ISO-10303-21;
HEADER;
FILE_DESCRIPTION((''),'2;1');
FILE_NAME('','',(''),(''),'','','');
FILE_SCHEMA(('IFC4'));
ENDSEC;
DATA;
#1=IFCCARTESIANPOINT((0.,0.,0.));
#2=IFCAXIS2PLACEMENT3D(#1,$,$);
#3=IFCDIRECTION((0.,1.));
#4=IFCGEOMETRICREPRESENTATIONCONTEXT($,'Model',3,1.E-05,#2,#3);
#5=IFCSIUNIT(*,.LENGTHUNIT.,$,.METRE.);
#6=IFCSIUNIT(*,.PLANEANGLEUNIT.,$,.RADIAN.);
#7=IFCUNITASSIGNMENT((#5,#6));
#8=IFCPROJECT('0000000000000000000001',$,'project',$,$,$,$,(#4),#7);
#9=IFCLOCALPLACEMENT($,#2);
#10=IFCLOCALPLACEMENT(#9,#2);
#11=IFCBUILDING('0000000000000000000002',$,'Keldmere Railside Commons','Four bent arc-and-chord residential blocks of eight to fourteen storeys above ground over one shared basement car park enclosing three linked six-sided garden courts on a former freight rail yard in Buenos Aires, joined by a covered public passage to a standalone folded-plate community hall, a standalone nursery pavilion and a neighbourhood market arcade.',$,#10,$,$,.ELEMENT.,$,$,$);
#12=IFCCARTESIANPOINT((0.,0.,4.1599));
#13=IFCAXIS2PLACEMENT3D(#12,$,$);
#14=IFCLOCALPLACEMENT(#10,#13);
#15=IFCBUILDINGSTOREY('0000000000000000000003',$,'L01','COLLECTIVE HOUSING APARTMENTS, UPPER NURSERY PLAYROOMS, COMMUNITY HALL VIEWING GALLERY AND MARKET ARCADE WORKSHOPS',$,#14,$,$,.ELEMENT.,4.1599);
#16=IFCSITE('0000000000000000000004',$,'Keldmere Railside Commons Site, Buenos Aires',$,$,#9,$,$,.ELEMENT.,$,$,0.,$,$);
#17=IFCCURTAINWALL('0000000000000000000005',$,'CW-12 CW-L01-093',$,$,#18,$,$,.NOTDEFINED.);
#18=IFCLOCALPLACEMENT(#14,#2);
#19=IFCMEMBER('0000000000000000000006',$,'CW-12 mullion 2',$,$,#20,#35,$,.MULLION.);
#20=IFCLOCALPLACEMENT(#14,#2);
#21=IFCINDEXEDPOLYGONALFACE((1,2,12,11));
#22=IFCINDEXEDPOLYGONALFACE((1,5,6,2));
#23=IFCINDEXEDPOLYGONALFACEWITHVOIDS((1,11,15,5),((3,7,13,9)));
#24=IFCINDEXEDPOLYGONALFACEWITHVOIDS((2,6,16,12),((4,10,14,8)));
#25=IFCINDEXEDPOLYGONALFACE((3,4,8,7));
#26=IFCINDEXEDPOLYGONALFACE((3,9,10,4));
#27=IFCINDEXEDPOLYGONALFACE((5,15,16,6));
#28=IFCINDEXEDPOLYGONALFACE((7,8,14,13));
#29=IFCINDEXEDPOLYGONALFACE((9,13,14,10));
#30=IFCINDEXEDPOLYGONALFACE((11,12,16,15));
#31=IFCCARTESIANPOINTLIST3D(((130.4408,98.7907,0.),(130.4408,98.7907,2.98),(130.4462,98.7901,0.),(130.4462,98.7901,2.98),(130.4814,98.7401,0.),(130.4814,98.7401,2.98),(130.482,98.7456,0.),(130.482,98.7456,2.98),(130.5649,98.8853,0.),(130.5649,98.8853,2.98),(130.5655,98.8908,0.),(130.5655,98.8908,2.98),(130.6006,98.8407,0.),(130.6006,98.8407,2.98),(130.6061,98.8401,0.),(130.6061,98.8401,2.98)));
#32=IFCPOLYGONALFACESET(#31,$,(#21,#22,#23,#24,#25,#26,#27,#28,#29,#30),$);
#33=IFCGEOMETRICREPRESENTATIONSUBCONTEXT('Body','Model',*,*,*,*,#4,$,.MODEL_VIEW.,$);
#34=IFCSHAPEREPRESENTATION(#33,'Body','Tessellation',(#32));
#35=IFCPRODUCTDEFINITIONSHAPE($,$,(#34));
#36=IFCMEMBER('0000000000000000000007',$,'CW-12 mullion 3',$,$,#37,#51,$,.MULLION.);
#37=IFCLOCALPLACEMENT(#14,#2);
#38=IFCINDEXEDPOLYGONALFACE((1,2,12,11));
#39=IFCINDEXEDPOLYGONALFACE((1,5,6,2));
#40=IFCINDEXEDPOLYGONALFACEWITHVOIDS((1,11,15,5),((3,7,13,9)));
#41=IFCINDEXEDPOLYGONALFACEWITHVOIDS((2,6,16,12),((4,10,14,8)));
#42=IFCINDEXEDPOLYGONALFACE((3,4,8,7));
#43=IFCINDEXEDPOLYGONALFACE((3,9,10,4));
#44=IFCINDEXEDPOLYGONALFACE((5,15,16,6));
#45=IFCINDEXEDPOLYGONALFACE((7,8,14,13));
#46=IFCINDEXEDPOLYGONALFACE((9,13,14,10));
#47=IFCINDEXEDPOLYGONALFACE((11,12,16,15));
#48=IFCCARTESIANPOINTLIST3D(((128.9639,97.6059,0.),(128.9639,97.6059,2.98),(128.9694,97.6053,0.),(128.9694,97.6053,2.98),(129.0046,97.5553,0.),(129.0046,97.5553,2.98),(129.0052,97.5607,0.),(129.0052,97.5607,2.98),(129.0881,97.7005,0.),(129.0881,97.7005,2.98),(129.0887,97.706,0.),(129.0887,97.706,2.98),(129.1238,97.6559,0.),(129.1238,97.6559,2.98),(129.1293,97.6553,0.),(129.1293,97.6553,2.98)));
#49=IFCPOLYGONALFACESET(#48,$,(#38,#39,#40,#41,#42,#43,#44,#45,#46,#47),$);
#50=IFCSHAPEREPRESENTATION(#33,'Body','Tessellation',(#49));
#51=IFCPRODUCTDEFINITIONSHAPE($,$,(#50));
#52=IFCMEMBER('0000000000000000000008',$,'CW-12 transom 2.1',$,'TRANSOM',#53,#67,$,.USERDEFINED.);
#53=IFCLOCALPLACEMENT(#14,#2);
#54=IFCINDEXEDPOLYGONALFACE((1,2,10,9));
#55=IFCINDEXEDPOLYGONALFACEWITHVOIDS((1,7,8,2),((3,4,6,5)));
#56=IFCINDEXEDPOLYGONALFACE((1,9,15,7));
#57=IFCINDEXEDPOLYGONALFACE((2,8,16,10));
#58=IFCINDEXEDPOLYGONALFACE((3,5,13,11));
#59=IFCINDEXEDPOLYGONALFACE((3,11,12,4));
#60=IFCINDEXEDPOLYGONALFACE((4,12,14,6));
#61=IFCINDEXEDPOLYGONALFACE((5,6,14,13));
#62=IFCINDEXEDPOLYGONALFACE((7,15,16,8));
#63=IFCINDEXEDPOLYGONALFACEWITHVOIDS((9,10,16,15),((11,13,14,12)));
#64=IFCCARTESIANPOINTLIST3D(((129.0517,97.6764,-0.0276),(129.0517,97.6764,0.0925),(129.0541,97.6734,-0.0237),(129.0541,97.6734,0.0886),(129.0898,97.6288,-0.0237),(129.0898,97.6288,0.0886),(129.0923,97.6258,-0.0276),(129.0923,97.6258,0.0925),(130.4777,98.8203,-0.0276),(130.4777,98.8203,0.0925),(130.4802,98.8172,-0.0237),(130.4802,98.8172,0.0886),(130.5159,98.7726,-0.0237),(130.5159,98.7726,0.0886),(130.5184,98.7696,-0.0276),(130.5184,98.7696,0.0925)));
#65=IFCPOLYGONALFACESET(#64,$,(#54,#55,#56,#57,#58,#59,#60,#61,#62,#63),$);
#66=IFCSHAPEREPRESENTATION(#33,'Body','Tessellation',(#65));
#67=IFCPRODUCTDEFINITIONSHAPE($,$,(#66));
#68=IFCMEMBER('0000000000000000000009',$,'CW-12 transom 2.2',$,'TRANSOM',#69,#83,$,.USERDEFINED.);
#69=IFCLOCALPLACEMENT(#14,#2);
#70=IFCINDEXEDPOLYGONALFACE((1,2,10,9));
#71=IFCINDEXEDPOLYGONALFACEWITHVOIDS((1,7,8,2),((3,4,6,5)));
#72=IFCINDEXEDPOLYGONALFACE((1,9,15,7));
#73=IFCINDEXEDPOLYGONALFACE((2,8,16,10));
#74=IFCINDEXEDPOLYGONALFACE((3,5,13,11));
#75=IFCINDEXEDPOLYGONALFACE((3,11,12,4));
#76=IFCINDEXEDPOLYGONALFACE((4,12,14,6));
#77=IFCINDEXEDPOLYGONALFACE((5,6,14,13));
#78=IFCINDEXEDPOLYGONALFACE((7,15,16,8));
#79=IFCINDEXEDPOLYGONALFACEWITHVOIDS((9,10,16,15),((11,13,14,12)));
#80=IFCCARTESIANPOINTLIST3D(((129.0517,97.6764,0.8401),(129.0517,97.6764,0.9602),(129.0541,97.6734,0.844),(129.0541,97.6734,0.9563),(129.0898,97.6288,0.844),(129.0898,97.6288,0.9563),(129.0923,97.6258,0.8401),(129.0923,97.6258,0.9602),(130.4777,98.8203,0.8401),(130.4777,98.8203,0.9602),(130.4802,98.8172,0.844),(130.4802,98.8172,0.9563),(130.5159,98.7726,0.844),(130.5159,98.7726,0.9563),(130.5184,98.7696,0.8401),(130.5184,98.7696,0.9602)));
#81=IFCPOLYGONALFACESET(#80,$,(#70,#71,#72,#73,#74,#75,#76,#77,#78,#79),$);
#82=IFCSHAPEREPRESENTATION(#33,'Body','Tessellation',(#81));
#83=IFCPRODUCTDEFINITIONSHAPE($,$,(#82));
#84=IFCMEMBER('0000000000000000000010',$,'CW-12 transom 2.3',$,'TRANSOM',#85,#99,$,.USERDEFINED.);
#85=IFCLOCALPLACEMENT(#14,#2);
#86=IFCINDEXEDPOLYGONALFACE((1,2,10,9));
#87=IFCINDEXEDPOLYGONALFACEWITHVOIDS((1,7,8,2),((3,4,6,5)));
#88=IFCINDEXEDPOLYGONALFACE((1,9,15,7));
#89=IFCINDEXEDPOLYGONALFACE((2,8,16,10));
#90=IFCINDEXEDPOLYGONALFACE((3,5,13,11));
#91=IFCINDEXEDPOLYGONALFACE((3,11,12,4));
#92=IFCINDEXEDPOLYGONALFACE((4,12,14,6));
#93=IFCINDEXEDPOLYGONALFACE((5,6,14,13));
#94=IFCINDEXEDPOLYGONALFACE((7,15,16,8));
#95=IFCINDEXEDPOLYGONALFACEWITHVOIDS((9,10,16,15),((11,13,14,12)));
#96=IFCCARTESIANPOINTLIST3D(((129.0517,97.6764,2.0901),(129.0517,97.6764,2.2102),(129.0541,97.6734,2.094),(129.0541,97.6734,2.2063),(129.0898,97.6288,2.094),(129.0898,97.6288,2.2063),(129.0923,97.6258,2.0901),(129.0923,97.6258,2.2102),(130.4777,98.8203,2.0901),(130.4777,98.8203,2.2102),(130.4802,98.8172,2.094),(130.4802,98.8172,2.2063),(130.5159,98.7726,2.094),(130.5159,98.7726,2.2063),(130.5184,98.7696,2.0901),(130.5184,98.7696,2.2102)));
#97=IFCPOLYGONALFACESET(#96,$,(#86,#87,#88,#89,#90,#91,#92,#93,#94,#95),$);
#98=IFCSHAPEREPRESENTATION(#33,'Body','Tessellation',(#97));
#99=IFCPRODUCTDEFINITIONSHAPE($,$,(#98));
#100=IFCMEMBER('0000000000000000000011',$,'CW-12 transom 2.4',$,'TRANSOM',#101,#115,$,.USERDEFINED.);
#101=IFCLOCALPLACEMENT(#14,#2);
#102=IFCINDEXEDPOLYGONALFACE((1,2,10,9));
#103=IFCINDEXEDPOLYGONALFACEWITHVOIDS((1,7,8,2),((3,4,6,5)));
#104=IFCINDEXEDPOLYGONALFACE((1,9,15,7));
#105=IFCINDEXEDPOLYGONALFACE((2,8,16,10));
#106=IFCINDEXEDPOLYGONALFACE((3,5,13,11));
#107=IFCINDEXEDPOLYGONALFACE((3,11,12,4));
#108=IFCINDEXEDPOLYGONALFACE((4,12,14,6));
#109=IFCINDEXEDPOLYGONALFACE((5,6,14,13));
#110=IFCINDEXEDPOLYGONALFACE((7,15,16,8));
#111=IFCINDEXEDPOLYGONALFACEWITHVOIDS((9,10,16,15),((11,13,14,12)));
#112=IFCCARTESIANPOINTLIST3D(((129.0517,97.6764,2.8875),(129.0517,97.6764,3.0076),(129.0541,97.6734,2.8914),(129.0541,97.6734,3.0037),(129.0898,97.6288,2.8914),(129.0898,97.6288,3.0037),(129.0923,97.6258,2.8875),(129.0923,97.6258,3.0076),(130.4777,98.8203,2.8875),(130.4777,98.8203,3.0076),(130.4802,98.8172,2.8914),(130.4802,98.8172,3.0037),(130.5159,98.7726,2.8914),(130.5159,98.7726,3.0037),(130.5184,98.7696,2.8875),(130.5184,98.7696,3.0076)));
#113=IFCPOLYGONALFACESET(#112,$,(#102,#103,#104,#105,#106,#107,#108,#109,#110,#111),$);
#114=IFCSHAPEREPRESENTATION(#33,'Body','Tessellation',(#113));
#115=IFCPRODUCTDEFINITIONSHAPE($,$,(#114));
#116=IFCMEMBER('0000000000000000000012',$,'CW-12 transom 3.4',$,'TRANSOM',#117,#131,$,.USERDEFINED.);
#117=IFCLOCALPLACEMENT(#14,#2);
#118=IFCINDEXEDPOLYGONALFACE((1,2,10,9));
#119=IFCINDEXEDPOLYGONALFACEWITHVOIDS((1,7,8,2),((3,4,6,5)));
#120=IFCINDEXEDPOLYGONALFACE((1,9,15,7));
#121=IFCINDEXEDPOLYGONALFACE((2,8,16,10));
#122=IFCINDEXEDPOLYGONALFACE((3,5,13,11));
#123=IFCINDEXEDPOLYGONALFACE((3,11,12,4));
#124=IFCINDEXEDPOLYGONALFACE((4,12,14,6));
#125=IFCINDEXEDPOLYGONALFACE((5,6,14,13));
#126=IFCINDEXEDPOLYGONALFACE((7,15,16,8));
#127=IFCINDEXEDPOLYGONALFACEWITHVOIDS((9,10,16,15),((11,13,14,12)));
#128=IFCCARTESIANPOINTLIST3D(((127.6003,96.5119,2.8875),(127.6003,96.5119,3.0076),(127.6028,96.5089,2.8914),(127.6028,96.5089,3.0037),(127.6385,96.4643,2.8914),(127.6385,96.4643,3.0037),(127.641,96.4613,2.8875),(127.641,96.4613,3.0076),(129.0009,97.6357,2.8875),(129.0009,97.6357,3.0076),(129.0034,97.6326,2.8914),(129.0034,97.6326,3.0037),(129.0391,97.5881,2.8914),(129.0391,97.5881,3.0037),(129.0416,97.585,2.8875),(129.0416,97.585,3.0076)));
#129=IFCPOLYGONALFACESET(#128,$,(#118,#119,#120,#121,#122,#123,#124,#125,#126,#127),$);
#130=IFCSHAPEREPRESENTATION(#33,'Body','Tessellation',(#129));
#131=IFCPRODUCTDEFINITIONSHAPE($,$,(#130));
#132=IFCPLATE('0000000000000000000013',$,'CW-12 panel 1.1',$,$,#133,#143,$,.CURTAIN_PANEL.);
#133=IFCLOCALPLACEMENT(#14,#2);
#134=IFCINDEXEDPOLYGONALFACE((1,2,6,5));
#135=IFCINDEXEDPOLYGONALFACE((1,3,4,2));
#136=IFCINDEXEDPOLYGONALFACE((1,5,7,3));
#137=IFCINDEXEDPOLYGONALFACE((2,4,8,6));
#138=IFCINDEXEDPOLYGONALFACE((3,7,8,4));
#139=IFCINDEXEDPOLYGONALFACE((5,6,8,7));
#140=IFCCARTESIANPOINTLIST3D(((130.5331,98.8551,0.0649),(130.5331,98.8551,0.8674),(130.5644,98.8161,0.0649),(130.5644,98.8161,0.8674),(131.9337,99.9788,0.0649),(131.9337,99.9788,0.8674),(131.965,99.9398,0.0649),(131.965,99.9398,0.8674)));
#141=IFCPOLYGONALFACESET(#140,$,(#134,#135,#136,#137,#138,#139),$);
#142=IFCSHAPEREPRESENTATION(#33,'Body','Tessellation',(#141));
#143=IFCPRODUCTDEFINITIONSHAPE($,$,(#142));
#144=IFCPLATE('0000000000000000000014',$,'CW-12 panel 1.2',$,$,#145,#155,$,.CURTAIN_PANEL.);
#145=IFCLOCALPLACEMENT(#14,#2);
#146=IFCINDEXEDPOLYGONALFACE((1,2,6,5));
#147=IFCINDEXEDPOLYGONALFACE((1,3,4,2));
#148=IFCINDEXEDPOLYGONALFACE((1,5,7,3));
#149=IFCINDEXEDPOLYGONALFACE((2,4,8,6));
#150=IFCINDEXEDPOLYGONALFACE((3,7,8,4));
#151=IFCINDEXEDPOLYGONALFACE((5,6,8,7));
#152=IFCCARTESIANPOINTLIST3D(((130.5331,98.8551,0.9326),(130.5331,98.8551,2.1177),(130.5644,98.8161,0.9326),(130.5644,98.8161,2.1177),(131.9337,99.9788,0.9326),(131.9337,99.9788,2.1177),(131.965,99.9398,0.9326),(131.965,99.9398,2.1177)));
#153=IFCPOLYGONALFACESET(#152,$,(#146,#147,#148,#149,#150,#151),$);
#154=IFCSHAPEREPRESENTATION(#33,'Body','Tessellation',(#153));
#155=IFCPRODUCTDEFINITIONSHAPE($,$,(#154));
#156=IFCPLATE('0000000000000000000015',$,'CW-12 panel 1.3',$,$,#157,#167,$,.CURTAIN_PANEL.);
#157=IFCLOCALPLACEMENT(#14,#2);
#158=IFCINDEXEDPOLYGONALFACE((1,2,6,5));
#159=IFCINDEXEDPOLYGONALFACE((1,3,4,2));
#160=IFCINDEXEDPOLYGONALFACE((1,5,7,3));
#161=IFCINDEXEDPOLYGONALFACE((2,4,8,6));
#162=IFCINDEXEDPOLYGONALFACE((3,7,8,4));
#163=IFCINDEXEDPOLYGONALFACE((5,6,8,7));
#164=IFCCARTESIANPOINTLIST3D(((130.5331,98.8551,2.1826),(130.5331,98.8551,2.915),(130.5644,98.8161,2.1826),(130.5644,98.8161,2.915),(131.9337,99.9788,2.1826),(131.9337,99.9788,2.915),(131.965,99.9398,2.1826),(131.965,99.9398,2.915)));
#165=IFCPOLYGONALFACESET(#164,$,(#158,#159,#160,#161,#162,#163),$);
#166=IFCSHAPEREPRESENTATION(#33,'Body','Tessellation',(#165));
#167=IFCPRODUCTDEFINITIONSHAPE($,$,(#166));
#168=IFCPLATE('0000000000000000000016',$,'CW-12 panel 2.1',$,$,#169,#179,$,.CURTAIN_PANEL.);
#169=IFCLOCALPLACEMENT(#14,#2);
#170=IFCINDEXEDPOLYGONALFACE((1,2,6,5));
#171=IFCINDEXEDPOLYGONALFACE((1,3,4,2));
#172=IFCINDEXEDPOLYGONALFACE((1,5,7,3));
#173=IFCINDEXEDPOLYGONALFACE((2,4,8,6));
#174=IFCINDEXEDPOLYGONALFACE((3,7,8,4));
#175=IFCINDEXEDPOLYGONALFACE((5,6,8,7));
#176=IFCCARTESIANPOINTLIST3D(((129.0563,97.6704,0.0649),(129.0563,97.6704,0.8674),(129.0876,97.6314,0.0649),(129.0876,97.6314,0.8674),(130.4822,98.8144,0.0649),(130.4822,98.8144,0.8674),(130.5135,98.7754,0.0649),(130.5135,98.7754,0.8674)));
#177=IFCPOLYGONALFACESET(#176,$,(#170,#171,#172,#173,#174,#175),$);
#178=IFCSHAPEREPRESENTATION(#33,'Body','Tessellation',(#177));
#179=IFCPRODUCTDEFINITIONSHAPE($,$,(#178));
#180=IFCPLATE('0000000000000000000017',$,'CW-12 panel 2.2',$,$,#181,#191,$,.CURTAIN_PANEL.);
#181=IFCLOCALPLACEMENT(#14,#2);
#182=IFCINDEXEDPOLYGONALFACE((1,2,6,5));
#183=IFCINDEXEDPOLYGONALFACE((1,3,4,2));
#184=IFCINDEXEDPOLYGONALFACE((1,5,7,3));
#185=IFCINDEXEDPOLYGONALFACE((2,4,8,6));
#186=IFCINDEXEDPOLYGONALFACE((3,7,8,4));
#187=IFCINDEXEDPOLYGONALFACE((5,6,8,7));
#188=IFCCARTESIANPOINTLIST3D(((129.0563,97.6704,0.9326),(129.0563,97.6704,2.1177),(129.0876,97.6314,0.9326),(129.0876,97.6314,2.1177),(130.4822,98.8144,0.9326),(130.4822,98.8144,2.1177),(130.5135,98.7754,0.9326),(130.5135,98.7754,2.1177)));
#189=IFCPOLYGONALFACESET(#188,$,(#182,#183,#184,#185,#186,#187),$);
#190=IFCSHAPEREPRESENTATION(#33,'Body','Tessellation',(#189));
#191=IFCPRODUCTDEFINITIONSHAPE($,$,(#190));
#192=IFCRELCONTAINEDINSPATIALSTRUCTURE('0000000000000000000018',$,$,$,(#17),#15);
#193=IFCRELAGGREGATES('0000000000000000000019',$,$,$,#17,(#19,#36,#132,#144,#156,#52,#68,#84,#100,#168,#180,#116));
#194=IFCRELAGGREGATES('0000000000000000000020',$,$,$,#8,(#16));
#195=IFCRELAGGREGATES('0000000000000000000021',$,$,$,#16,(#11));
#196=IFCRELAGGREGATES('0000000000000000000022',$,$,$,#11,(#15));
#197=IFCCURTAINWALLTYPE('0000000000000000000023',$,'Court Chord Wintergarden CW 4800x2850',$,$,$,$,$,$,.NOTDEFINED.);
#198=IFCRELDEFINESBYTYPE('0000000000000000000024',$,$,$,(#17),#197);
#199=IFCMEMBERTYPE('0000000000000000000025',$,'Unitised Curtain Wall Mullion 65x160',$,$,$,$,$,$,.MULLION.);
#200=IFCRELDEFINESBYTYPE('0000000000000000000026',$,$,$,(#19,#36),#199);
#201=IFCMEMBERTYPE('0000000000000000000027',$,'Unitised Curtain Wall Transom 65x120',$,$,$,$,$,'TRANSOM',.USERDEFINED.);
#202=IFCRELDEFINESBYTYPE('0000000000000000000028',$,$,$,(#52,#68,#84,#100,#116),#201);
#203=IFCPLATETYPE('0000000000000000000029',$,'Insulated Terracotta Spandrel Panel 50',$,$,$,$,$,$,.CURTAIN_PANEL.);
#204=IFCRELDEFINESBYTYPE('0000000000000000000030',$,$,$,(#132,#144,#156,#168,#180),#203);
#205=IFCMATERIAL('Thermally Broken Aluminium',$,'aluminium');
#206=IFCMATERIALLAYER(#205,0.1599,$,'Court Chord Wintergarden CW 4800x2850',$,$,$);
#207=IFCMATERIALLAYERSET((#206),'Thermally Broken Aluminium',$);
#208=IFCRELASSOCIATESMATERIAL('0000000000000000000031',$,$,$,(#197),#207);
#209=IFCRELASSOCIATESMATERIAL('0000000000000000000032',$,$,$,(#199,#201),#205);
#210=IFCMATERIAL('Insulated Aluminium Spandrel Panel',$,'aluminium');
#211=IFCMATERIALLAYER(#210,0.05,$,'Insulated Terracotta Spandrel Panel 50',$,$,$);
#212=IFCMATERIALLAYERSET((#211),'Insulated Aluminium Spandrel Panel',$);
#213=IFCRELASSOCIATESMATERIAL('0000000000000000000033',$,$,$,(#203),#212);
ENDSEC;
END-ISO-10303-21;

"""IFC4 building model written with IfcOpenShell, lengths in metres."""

from ifc_helpers import new_model, si_unit, direction, frame, origin, origin_2d, place, context, subcontext, project, spatial, rectangle, hollow_rectangle, extrude, material, layer, layer_set, material_profile, profile_set, type_object, element, aggregate, save


model = new_model("IFC4")

# Units and contexts
model_context = context("Model", 3, precision=1e-05, world=origin(), true_north=direction((0.0, 1.0)))
body_context = subcontext(model_context, "Body", "Model", "MODEL_VIEW")
ifc_project = project(units=[si_unit("LENGTHUNIT", "METRE"), si_unit("PLANEANGLEUNIT", "RADIAN")], contexts=[model_context])

# Site, building, storey
site_placement = place(None, origin())
site = spatial("IfcSite", under=ifc_project, at=site_placement, Name="Keldmere Railside Commons Site, Buenos Aires", CompositionType="ELEMENT", RefElevation=0.0)
building_placement = place(site_placement, origin())
building = spatial("IfcBuilding", under=site, at=building_placement, Name="Keldmere Railside Commons", Description="Four bent arc-and-chord residential blocks of eight to fourteen storeys above ground over one shared basement car park enclosing three linked six-sided garden courts on a former freight rail yard in Buenos Aires, joined by a covered public passage to a standalone folded-plate community hall, a standalone nursery pavilion and a neighbourhood market arcade.", CompositionType="ELEMENT")
storey_placement = place(building_placement, frame((0.0, 0.0, 4.1599)))
storey = spatial("IfcBuildingStorey", under=building, at=storey_placement, Name="L01", Description="COLLECTIVE HOUSING APARTMENTS, UPPER NURSERY PLAYROOMS, COMMUNITY HALL VIEWING GALLERY AND MARKET ARCADE WORKSHOPS", CompositionType="ELEMENT", Elevation=4.1599)

# Curtain wall, members, plates
ifc_material_1 = material(Name="Thermally Broken Aluminium", Category="aluminium")
ifc_layer_1 = layer(ifc_material_1, 0.1599, Name="Court Chord Wintergarden CW 4800x2850")
ifc_layer_set_1 = layer_set([ifc_layer_1], Name="Thermally Broken Aluminium")
curtain_wall_type = type_object("IfcCurtainWallType", Name="Court Chord Wintergarden CW 4800x2850", PredefinedType="NOTDEFINED", material=ifc_layer_set_1)
curtain_wall_placement = place(storey_placement, origin())
curtain_wall = element("IfcCurtainWall", 1, at=curtain_wall_placement, inside=storey, type_object=curtain_wall_type, Name="CW-12 CW-L01-093", PredefinedType="NOTDEFINED")
ifc_material_profile_1 = material_profile(ifc_material_1, hollow_rectangle(XDim=0.0649, YDim=0.1599, WallThickness=0.0039, at=origin_2d()), Name="ALU-MULL-65x160")
ifc_profile_set_1 = profile_set([ifc_material_profile_1], Name="Thermally Broken Aluminium")
member_type_1 = type_object("IfcMemberType", Name="Unitised Curtain Wall Mullion 65x160", PredefinedType="MULLION", material=ifc_profile_set_1)
member_1_placement = place(storey_placement, frame((130.5234, 98.8154, 0.0), z_axis=(0.0, 0.0, 1.0), x_axis=(0.625768, -0.780009, 0.0)))
member_1 = element("IfcMember", 2, at=member_1_placement, type_object=member_type_1, Name="CW-12 mullion 2", PredefinedType="MULLION", context=body_context, shape_type="SweptSolid", body=[
    extrude(hollow_rectangle(XDim=0.0649, YDim=0.1599, WallThickness=0.0039, at=origin_2d()), origin(), (0.0, 0.0, 1.0), 2.98),
])
member_2_placement = place(storey_placement, frame((129.0466, 97.6306, 0.0), z_axis=(0.0, 0.0, 1.0), x_axis=(0.625768, -0.780009, 0.0)))
member_2 = element("IfcMember", 3, at=member_2_placement, type_object=member_type_1, Name="CW-12 mullion 3", PredefinedType="MULLION", context=body_context, shape_type="SweptSolid", body=[
    extrude(hollow_rectangle(XDim=0.0649, YDim=0.1599, WallThickness=0.0039, at=origin_2d()), origin(), (0.0, 0.0, 1.0), 2.98),
])
ifc_material_profile_2 = material_profile(ifc_material_1, hollow_rectangle(XDim=0.0649, YDim=0.1201, WallThickness=0.0039, at=origin_2d()), Name="ALU-TRAN-65x120")
ifc_profile_set_2 = profile_set([ifc_material_profile_2], Name="Thermally Broken Aluminium")
member_type_2 = type_object("IfcMemberType", Name="Unitised Curtain Wall Transom 65x120", ElementType="TRANSOM", PredefinedType="USERDEFINED", material=ifc_profile_set_2)
member_3_placement = place(storey_placement, frame((130.498, 98.7949, 0.0325), z_axis=(-0.780073, -0.625688, 0.0), x_axis=(0.625688, -0.780073, 0.0)))
member_3 = element("IfcMember", 4, at=member_3_placement, type_object=member_type_2, Name="CW-12 transom 2.1", ObjectType="TRANSOM", PredefinedType="USERDEFINED", context=body_context, shape_type="SweptSolid", body=[
    extrude(hollow_rectangle(XDim=0.0649, YDim=0.1201, WallThickness=0.0039, at=origin_2d()), origin(), (0.0, 0.0, 1.0), 1.8281),
])
member_4_placement = place(storey_placement, frame((130.498, 98.7949, 0.9001), z_axis=(-0.780073, -0.625688, 0.0), x_axis=(0.625688, -0.780073, 0.0)))
member_4 = element("IfcMember", 5, at=member_4_placement, type_object=member_type_2, Name="CW-12 transom 2.2", ObjectType="TRANSOM", PredefinedType="USERDEFINED", context=body_context, shape_type="SweptSolid", body=[
    extrude(hollow_rectangle(XDim=0.0649, YDim=0.1201, WallThickness=0.0039, at=origin_2d()), origin(), (0.0, 0.0, 1.0), 1.8281),
])
member_5_placement = place(storey_placement, frame((130.498, 98.7949, 2.1501), z_axis=(-0.780073, -0.625688, 0.0), x_axis=(0.625688, -0.780073, 0.0)))
member_5 = element("IfcMember", 6, at=member_5_placement, type_object=member_type_2, Name="CW-12 transom 2.3", ObjectType="TRANSOM", PredefinedType="USERDEFINED", context=body_context, shape_type="SweptSolid", body=[
    extrude(hollow_rectangle(XDim=0.0649, YDim=0.1201, WallThickness=0.0039, at=origin_2d()), origin(), (0.0, 0.0, 1.0), 1.8281),
])
member_6_placement = place(storey_placement, frame((130.498, 98.7949, 2.9475), z_axis=(-0.780073, -0.625688, 0.0), x_axis=(0.625688, -0.780073, 0.0)))
member_6 = element("IfcMember", 7, at=member_6_placement, type_object=member_type_2, Name="CW-12 transom 2.4", ObjectType="TRANSOM", PredefinedType="USERDEFINED", context=body_context, shape_type="SweptSolid", body=[
    extrude(hollow_rectangle(XDim=0.0649, YDim=0.1201, WallThickness=0.0039, at=origin_2d()), origin(), (0.0, 0.0, 1.0), 1.8281),
])
member_7_placement = place(storey_placement, frame((129.0212, 97.6104, 2.9475), z_axis=(-0.779979, -0.625805, 0.0), x_axis=(0.625805, -0.779979, 0.0)))
member_7 = element("IfcMember", 8, at=member_7_placement, type_object=member_type_2, Name="CW-12 transom 3.4", ObjectType="TRANSOM", PredefinedType="USERDEFINED", context=body_context, shape_type="SweptSolid", body=[
    extrude(hollow_rectangle(XDim=0.0649, YDim=0.1201, WallThickness=0.0039, at=origin_2d()), origin(), (0.0, 0.0, 1.0), 1.7957),
])
ifc_material_2 = material(Name="Insulated Aluminium Spandrel Panel", Category="aluminium")
ifc_layer_2 = layer(ifc_material_2, 0.05, Name="Insulated Terracotta Spandrel Panel 50")
ifc_layer_set_2 = layer_set([ifc_layer_2], Name="Insulated Aluminium Spandrel Panel")
plate_type = type_object("IfcPlateType", Name="Insulated Terracotta Spandrel Panel 50", PredefinedType="CURTAIN_PANEL", material=ifc_layer_set_2)
plate_1_placement = place(storey_placement, frame((131.249, 99.3975, 0.0649), z_axis=(0.0, 0.0, 1.0), x_axis=(-0.780009, -0.625768, 0.0)))
plate_1 = element("IfcPlate", 9, at=plate_1_placement, type_object=plate_type, Name="CW-12 panel 1.1", PredefinedType="CURTAIN_PANEL", context=body_context, shape_type="SweptSolid", body=[
    extrude(rectangle(XDim=1.7957, YDim=0.05, at=origin_2d()), origin(), (0.0, 0.0, 1.0), 0.8025),
])
plate_2_placement = place(storey_placement, frame((131.249, 99.3975, 0.9326), z_axis=(0.0, 0.0, 1.0), x_axis=(-0.780009, -0.625768, 0.0)))
plate_2 = element("IfcPlate", 10, at=plate_2_placement, type_object=plate_type, Name="CW-12 panel 1.2", PredefinedType="CURTAIN_PANEL", context=body_context, shape_type="SweptSolid", body=[
    extrude(rectangle(XDim=1.7957, YDim=0.05, at=origin_2d()), origin(), (0.0, 0.0, 1.0), 1.1851),
])
plate_3_placement = place(storey_placement, frame((131.249, 99.3975, 2.1826), z_axis=(0.0, 0.0, 1.0), x_axis=(-0.780009, -0.625768, 0.0)))
plate_3 = element("IfcPlate", 11, at=plate_3_placement, type_object=plate_type, Name="CW-12 panel 1.3", PredefinedType="CURTAIN_PANEL", context=body_context, shape_type="SweptSolid", body=[
    extrude(rectangle(XDim=1.7957, YDim=0.05, at=origin_2d()), origin(), (0.0, 0.0, 1.0), 0.7324),
])
plate_4_placement = place(storey_placement, frame((129.7849, 98.2229, 0.0649), z_axis=(0.0, 0.0, 1.0), x_axis=(-0.780009, -0.625768, 0.0)))
plate_4 = element("IfcPlate", 12, at=plate_4_placement, type_object=plate_type, Name="CW-12 panel 2.1", PredefinedType="CURTAIN_PANEL", context=body_context, shape_type="SweptSolid", body=[
    extrude(rectangle(XDim=1.8281, YDim=0.05, at=origin_2d()), origin(), (0.0, 0.0, 1.0), 0.8025),
])
plate_5_placement = place(storey_placement, frame((129.7849, 98.2229, 0.9326), z_axis=(0.0, 0.0, 1.0), x_axis=(-0.780009, -0.625768, 0.0)))
plate_5 = element("IfcPlate", 13, at=plate_5_placement, type_object=plate_type, Name="CW-12 panel 2.2", PredefinedType="CURTAIN_PANEL", context=body_context, shape_type="SweptSolid", body=[
    extrude(rectangle(XDim=1.8281, YDim=0.05, at=origin_2d()), origin(), (0.0, 0.0, 1.0), 1.1851),
])
aggregate(curtain_wall, [member_1, member_2, plate_1, plate_2, plate_3, member_3, member_4, member_5, member_6, plate_4, plate_5, member_7])

save(model, "model.ifc")
